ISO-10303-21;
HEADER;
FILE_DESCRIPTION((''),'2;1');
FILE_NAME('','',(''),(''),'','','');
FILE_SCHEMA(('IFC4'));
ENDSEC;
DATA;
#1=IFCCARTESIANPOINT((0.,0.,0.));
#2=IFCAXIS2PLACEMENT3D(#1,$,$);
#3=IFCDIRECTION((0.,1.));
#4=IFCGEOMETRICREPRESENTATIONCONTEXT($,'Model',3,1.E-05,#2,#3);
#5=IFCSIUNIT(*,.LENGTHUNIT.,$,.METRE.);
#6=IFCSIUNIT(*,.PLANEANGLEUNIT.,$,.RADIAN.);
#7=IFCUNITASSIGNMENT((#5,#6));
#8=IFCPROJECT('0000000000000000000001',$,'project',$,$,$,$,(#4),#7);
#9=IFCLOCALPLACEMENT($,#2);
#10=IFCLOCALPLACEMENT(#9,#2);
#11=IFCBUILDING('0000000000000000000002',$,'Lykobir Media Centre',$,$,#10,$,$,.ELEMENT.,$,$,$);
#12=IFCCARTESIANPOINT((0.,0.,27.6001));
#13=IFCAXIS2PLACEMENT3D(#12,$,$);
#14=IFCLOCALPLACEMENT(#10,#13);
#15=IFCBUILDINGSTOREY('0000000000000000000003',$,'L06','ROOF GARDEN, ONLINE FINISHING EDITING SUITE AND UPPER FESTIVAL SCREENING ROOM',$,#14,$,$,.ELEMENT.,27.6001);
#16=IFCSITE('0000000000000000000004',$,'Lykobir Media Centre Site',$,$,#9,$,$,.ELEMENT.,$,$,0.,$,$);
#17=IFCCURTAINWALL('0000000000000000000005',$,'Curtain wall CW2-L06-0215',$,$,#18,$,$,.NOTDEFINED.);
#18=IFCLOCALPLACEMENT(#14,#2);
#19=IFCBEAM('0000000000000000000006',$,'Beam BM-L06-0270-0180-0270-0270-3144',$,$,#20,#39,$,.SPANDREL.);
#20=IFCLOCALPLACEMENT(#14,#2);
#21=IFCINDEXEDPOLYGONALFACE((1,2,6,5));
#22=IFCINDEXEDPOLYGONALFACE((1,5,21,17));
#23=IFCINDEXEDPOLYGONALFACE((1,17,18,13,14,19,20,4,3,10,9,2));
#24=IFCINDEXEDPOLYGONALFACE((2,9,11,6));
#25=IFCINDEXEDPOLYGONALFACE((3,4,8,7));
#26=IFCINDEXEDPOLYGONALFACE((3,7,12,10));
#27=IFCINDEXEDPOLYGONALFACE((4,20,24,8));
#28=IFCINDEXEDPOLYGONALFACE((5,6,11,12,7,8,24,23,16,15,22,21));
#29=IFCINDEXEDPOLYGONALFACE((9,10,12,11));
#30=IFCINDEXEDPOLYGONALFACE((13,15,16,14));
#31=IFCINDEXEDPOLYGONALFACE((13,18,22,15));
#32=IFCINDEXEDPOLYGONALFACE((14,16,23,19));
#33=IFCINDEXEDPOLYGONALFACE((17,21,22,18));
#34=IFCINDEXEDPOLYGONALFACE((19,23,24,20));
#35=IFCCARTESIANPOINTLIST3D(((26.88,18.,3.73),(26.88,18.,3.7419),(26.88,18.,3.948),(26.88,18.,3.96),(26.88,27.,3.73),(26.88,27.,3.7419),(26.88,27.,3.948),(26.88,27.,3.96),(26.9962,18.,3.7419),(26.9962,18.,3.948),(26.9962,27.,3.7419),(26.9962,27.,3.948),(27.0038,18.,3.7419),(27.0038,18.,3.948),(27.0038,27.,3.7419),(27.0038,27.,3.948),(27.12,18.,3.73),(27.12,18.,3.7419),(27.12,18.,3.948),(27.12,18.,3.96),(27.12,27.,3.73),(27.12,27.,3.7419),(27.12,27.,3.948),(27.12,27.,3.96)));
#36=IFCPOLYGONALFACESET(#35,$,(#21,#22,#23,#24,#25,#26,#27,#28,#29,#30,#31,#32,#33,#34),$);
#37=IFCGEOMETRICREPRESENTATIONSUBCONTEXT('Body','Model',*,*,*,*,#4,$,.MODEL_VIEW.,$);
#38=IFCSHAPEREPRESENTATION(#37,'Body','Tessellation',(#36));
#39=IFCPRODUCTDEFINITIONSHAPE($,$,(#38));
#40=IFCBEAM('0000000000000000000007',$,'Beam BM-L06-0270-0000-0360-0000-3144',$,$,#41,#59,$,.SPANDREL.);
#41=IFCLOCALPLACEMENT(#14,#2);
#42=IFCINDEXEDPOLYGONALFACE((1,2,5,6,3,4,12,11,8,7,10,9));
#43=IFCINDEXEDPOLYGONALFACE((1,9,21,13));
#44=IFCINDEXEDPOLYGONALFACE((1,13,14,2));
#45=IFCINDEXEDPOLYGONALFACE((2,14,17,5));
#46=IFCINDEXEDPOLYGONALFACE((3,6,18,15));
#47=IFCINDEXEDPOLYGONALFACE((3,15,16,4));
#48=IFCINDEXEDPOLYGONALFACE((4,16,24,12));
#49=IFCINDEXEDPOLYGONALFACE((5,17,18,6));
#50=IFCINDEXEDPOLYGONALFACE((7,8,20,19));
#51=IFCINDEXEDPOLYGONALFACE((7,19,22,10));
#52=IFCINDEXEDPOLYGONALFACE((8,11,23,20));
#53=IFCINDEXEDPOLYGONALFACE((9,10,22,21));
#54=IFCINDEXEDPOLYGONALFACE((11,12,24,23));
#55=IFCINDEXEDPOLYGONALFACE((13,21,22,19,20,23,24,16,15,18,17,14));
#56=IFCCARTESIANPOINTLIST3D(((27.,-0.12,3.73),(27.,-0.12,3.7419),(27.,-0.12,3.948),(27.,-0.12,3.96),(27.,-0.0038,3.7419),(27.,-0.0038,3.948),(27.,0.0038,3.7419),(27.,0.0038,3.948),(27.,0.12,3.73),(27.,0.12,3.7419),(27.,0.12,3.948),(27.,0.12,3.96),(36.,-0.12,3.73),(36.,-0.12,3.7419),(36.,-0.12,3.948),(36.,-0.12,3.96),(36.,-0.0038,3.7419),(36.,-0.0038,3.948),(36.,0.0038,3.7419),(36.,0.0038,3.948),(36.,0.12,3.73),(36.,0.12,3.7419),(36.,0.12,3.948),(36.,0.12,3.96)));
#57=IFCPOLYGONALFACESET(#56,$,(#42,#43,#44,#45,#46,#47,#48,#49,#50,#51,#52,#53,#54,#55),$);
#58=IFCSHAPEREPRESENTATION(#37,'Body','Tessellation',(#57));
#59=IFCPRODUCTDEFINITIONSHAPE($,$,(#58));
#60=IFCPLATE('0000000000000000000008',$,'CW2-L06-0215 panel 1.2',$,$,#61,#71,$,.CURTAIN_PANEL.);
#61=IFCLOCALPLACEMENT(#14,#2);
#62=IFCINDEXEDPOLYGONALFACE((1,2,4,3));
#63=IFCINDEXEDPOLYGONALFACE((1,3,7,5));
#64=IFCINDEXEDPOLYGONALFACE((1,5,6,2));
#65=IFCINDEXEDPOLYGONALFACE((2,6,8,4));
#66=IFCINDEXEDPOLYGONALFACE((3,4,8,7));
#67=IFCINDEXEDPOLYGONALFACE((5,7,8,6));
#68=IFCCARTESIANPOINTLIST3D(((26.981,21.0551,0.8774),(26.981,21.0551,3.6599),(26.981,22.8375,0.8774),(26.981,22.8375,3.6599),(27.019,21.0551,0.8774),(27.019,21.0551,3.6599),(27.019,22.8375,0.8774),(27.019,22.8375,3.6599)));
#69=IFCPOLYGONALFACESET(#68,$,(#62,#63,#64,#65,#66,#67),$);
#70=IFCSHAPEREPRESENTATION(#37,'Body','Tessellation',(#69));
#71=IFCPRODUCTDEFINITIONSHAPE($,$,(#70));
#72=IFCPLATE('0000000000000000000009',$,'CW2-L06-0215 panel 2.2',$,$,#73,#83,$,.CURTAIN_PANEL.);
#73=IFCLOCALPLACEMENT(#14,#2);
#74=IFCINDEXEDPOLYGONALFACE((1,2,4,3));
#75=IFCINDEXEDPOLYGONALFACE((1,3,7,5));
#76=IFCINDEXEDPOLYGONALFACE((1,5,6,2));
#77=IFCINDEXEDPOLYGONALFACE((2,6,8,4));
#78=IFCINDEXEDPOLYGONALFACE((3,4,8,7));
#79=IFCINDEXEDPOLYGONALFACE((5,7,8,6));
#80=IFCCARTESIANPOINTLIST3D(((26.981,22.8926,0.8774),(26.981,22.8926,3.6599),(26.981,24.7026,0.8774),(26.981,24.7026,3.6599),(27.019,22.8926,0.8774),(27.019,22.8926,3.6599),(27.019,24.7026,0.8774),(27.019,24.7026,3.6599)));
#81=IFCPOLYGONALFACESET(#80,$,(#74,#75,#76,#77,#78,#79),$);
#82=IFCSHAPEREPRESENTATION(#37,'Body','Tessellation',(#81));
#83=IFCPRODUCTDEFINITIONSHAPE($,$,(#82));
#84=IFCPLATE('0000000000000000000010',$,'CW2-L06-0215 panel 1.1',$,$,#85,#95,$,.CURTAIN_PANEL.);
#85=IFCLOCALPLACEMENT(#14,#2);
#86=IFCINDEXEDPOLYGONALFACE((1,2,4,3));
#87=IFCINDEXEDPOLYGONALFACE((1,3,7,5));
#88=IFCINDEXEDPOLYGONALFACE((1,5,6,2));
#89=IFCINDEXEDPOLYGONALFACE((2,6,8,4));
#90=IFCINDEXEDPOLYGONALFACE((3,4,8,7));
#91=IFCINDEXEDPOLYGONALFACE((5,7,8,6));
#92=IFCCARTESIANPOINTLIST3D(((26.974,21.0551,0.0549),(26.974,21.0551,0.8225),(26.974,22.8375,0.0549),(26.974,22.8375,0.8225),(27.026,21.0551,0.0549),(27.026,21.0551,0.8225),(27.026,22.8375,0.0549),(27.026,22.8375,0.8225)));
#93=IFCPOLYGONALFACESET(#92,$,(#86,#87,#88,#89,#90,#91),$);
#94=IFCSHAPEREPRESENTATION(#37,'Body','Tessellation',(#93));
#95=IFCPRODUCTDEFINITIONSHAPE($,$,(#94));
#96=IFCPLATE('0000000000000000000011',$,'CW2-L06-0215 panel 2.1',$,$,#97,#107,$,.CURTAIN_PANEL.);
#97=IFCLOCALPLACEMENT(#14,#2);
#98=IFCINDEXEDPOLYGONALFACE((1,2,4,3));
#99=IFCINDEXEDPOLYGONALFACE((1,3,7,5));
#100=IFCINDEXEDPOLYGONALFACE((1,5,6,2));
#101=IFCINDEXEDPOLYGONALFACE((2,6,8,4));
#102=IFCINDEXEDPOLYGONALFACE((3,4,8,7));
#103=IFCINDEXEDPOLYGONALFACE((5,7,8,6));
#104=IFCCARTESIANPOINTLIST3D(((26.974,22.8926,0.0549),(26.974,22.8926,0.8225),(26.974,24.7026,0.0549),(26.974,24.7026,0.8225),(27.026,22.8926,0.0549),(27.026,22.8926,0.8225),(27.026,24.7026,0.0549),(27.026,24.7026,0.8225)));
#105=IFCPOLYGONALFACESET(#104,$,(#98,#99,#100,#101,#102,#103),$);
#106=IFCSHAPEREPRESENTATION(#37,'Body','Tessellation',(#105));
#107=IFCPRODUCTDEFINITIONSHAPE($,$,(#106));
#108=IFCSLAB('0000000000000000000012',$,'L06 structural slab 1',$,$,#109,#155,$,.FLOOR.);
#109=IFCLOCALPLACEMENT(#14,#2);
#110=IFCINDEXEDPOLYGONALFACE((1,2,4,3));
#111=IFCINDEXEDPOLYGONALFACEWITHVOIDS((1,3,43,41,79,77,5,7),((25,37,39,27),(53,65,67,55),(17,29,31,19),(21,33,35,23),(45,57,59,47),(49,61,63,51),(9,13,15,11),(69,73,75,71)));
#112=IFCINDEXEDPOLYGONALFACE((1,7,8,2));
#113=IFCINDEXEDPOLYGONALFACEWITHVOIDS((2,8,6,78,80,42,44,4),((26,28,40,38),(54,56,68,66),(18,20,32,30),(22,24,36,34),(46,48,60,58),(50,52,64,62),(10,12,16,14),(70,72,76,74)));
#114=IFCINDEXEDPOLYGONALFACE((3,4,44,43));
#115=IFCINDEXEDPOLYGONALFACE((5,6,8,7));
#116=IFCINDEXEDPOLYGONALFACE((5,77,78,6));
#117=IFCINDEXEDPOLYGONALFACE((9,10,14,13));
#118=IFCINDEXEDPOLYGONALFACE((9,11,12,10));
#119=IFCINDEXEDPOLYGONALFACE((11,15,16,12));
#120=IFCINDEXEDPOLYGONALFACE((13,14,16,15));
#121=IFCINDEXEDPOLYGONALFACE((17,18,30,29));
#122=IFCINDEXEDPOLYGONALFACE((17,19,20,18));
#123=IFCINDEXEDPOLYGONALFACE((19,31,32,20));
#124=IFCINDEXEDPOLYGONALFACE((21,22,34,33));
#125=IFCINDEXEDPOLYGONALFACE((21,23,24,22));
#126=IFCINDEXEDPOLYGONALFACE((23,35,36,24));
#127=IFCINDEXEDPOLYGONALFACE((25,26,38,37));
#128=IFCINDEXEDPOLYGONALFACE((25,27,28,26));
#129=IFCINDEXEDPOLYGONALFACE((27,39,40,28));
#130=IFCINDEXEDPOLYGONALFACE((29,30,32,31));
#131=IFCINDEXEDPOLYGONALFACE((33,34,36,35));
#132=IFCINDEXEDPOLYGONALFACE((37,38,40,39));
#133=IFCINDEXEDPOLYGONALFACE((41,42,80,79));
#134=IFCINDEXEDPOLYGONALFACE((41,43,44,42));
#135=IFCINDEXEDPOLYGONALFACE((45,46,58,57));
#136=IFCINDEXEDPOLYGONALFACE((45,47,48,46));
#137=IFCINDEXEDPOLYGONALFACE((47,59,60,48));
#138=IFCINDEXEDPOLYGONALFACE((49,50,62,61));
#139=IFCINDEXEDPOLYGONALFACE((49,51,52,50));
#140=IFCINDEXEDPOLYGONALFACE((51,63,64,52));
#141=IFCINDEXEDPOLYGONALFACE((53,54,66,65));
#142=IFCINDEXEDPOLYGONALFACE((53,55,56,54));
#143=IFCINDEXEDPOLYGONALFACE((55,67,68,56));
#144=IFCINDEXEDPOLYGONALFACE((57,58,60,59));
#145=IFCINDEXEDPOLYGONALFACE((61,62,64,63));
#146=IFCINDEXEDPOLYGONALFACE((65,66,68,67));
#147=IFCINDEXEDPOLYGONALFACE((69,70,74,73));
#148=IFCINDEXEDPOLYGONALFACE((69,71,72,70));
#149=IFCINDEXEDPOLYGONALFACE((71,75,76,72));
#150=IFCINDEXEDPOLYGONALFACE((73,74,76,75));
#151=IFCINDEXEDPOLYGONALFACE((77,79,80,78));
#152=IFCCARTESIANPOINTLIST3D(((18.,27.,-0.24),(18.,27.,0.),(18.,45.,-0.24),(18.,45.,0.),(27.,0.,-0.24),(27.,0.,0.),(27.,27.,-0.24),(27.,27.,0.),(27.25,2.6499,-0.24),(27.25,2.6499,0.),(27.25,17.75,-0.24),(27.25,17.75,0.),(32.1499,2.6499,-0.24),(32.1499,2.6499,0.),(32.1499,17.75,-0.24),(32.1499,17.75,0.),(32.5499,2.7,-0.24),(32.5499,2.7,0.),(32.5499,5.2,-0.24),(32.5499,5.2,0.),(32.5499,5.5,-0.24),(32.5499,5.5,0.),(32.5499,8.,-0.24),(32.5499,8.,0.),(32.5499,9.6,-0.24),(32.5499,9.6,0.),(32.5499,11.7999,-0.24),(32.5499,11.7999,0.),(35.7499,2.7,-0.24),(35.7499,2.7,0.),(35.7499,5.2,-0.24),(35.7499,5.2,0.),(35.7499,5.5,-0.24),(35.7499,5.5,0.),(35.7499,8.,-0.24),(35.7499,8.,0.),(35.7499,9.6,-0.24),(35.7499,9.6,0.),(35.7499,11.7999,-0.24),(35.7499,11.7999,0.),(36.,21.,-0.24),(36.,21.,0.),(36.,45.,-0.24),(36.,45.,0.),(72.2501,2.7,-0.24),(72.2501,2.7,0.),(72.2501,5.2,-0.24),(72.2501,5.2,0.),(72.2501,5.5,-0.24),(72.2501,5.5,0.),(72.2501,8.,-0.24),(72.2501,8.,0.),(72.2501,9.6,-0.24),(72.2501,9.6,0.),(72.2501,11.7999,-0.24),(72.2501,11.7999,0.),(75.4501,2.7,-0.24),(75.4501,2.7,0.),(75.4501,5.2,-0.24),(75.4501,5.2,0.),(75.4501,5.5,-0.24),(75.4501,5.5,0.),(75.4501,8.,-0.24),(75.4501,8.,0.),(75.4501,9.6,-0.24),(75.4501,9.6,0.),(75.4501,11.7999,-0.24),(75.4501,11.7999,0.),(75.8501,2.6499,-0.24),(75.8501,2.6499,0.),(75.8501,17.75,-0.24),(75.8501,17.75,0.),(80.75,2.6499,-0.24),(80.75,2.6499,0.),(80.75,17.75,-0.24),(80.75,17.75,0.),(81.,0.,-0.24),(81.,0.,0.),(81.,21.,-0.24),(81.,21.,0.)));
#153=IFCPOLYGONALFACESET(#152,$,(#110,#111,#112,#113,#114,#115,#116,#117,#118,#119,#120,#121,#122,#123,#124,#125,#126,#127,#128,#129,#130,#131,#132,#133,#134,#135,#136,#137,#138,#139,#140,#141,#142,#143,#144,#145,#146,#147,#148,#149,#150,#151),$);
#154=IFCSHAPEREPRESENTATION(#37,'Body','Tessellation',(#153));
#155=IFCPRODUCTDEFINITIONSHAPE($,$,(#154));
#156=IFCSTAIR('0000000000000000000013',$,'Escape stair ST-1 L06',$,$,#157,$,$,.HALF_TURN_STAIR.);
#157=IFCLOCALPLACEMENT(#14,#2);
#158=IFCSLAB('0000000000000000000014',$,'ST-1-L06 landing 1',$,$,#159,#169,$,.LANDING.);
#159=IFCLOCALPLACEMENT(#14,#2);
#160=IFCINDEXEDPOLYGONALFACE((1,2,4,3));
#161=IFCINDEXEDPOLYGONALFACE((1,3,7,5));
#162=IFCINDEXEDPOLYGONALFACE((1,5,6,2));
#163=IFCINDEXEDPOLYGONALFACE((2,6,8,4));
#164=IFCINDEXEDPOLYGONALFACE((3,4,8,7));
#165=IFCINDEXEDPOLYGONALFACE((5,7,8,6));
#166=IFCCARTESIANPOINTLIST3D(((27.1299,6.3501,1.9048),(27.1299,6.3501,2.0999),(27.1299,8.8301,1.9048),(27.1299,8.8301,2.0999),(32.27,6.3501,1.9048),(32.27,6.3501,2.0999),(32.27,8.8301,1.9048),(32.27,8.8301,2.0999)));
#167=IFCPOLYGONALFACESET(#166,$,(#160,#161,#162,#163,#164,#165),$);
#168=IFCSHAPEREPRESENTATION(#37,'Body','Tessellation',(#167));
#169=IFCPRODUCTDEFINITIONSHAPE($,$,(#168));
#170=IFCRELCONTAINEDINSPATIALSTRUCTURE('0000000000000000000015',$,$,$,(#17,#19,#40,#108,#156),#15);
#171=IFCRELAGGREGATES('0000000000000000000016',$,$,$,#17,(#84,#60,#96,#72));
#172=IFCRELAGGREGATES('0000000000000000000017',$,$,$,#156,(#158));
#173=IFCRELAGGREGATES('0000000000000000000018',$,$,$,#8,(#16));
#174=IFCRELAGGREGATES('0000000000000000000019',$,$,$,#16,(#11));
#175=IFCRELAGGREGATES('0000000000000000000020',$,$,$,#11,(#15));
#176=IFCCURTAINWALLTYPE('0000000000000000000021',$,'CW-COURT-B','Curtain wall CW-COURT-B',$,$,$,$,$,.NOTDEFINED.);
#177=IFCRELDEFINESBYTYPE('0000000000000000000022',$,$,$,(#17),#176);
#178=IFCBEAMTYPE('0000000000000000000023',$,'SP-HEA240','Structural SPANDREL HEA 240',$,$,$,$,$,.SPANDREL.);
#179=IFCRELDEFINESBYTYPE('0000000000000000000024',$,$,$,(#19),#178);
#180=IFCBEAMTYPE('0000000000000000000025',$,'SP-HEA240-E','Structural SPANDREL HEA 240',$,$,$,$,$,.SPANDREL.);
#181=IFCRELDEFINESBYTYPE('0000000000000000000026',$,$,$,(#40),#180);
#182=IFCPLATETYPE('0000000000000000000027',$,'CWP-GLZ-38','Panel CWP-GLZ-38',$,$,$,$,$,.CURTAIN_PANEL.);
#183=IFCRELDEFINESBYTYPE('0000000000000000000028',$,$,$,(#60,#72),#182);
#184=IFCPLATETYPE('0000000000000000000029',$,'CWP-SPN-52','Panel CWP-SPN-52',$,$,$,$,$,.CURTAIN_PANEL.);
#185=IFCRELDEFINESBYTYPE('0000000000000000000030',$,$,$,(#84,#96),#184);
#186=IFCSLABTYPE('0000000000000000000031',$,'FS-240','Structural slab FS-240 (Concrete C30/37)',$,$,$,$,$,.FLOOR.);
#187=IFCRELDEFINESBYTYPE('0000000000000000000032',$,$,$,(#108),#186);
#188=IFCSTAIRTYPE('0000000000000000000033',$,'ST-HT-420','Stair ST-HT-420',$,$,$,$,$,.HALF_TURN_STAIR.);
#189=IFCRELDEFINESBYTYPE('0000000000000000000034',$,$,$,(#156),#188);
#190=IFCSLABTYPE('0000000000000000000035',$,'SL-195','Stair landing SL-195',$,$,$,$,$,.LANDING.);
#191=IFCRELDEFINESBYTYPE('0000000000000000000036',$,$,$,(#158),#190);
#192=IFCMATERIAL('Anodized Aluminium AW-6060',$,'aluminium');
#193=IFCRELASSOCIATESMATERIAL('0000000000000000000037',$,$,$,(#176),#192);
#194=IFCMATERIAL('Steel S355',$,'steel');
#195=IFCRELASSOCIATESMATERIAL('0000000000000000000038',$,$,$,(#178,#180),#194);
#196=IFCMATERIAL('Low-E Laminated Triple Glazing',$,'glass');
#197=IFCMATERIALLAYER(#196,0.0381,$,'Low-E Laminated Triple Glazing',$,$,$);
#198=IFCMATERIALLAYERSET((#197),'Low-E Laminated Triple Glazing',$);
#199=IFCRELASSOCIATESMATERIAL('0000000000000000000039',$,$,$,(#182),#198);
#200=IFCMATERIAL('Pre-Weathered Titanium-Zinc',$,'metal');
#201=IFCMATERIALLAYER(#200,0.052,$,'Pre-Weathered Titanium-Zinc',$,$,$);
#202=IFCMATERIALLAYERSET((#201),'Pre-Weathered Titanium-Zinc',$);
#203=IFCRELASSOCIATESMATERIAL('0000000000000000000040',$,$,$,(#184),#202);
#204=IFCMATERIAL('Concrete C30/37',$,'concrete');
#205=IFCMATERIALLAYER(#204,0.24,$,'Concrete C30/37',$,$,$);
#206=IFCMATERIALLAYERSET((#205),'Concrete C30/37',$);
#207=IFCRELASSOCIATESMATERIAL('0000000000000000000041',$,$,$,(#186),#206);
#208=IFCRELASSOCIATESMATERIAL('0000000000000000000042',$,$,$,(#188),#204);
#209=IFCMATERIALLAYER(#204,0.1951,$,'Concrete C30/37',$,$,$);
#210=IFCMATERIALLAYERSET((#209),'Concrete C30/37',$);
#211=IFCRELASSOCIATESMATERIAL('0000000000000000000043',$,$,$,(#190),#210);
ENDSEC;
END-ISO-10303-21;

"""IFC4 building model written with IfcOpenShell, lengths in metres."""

from ifc_helpers import new_model, si_unit, direction, frame, origin, origin_2d, place, context, subcontext, project, spatial, polyline, rectangle, i_section, outline, extrude, material, layer, layer_set, material_profile, profile_set, type_object, element, aggregate, save


model = new_model("IFC4")

# Units and contexts
model_context = context("Model", 3, precision=1e-05, world=origin(), true_north=direction((0.0, 1.0)))
body_context = subcontext(model_context, "Body", "Model", "MODEL_VIEW")
ifc_project = project(units=[si_unit("LENGTHUNIT", "METRE"), si_unit("PLANEANGLEUNIT", "RADIAN")], contexts=[model_context])

# Site, building, storey
site_placement = place(None, origin())
site = spatial("IfcSite", under=ifc_project, at=site_placement, Name="Lykobir Media Centre Site", CompositionType="ELEMENT", RefElevation=0.0)
building_placement = place(site_placement, origin())
building = spatial("IfcBuilding", under=site, at=building_placement, Name="Lykobir Media Centre", CompositionType="ELEMENT")
storey_placement = place(building_placement, frame((0.0, 0.0, 27.6001)))
storey = spatial("IfcBuildingStorey", under=building, at=storey_placement, Name="L06", Description="ROOF GARDEN, ONLINE FINISHING EDITING SUITE AND UPPER FESTIVAL SCREENING ROOM", CompositionType="ELEMENT", Elevation=27.6001)

# Shared definitions
ifc_material_1 = material(Name="Steel S355", Category="steel")

# Curtain wall
ifc_material_2 = material(Name="Anodized Aluminium AW-6060", Category="aluminium")
curtain_wall_type = type_object("IfcCurtainWallType", Name="CW-COURT-B", Description="Curtain wall CW-COURT-B", PredefinedType="NOTDEFINED", material=ifc_material_2)
curtain_wall_placement = place(storey_placement, origin())
curtain_wall = element("IfcCurtainWall", 1, at=curtain_wall_placement, inside=storey, type_object=curtain_wall_type, Name="Curtain wall CW2-L06-0215", PredefinedType="NOTDEFINED")

# Beams
ifc_material_profile_1 = material_profile(ifc_material_1, i_section(OverallWidth=0.24, OverallDepth=0.23, WebThickness=0.0076, FlangeThickness=0.012, at=origin_2d()), Name="HEA 240")
ifc_profile_set_1 = profile_set([ifc_material_profile_1], Name="Steel S355")
beam_type_1 = type_object("IfcBeamType", Name="SP-HEA240", Description="Structural SPANDREL HEA 240", PredefinedType="SPANDREL", material=ifc_profile_set_1)
for number, where, z_axis, x_axis, name in (
    (2, (27.0, 18.0, 3.845), (0.0, 1.0, 0.0), (-1.0, 0.0, 0.0), "Beam BM-L06-0270-0180-0270-0270-3144"),
):
    element("IfcBeam", number, at=place(storey_placement, frame(where, z_axis=z_axis, x_axis=x_axis)), inside=storey, type_object=beam_type_1, Name=name, PredefinedType="SPANDREL", context=body_context, shape_type="SweptSolid", body=[
        extrude(i_section(OverallWidth=0.24, OverallDepth=0.23, WebThickness=0.0076, FlangeThickness=0.012, at=origin_2d()), origin(), (0.0, 0.0, 1.0), 9.0),
    ])
ifc_material_profile_2 = material_profile(ifc_material_1, i_section(OverallWidth=0.24, OverallDepth=0.23, WebThickness=0.0076, FlangeThickness=0.012, at=origin_2d()), Name="HEA 240")
ifc_profile_set_2 = profile_set([ifc_material_profile_2], Name="Steel S355")
beam_type_2 = type_object("IfcBeamType", Name="SP-HEA240-E", Description="Structural SPANDREL HEA 240", PredefinedType="SPANDREL", material=ifc_profile_set_2)
beam_1_placement = place(storey_placement, frame((27.0, 0.0, 3.845), z_axis=(1.0, 0.0, 0.0), x_axis=(0.0, 1.0, 0.0)))
element("IfcBeam", 3, at=beam_1_placement, inside=storey, type_object=beam_type_2, Name="Beam BM-L06-0270-0000-0360-0000-3144", PredefinedType="SPANDREL", context=body_context, shape_type="SweptSolid", body=[
    extrude(i_section(OverallWidth=0.24, OverallDepth=0.23, WebThickness=0.0076, FlangeThickness=0.012, at=origin_2d()), origin(), (0.0, 0.0, 1.0), 9.0),
])

# Plates
ifc_material_3 = material(Name="Low-E Laminated Triple Glazing", Category="glass")
ifc_layer_1 = layer(ifc_material_3, 0.0381, Name="Low-E Laminated Triple Glazing")
ifc_layer_set_1 = layer_set([ifc_layer_1], Name="Low-E Laminated Triple Glazing")
plate_type_1 = type_object("IfcPlateType", Name="CWP-GLZ-38", Description="Panel CWP-GLZ-38", PredefinedType="CURTAIN_PANEL", material=ifc_layer_set_1)
plate_1_placement = place(storey_placement, frame((27.0, 21.9463, 0.8774), z_axis=(0.0, 0.0, 1.0), x_axis=(0.0, 1.0, 0.0)))
plate_1 = element("IfcPlate", 4, at=plate_1_placement, type_object=plate_type_1, Name="CW2-L06-0215 panel 1.2", PredefinedType="CURTAIN_PANEL", context=body_context, shape_type="SweptSolid", body=[
    extrude(rectangle(XDim=1.7825, YDim=0.0381, at=origin_2d()), origin(), (0.0, 0.0, 1.0), 2.7825),
])
plate_2_placement = place(storey_placement, frame((27.0, 23.7976, 0.8774), z_axis=(0.0, 0.0, 1.0), x_axis=(0.0, 1.0, 0.0)))
plate_2 = element("IfcPlate", 5, at=plate_2_placement, type_object=plate_type_1, Name="CW2-L06-0215 panel 2.2", PredefinedType="CURTAIN_PANEL", context=body_context, shape_type="SweptSolid", body=[
    extrude(rectangle(XDim=1.8101, YDim=0.0381, at=origin_2d()), origin(), (0.0, 0.0, 1.0), 2.7825),
])
ifc_material_4 = material(Name="Pre-Weathered Titanium-Zinc", Category="metal")
ifc_layer_2 = layer(ifc_material_4, 0.052, Name="Pre-Weathered Titanium-Zinc")
ifc_layer_set_2 = layer_set([ifc_layer_2], Name="Pre-Weathered Titanium-Zinc")
plate_type_2 = type_object("IfcPlateType", Name="CWP-SPN-52", Description="Panel CWP-SPN-52", PredefinedType="CURTAIN_PANEL", material=ifc_layer_set_2)
plate_3_placement = place(storey_placement, frame((27.0, 21.9463, 0.0549), z_axis=(0.0, 0.0, 1.0), x_axis=(0.0, 1.0, 0.0)))
plate_3 = element("IfcPlate", 6, at=plate_3_placement, type_object=plate_type_2, Name="CW2-L06-0215 panel 1.1", PredefinedType="CURTAIN_PANEL", context=body_context, shape_type="SweptSolid", body=[
    extrude(rectangle(XDim=1.7825, YDim=0.052, at=origin_2d()), origin(), (0.0, 0.0, 1.0), 0.7676),
])
plate_4_placement = place(storey_placement, frame((27.0, 23.7976, 0.0549), z_axis=(0.0, 0.0, 1.0), x_axis=(0.0, 1.0, 0.0)))
plate_4 = element("IfcPlate", 7, at=plate_4_placement, type_object=plate_type_2, Name="CW2-L06-0215 panel 2.1", PredefinedType="CURTAIN_PANEL", context=body_context, shape_type="SweptSolid", body=[
    extrude(rectangle(XDim=1.8101, YDim=0.052, at=origin_2d()), origin(), (0.0, 0.0, 1.0), 0.7676),
])
aggregate(curtain_wall, [plate_3, plate_1, plate_4, plate_2])

# Slab, openings
ifc_material_5 = material(Name="Concrete C30/37", Category="concrete")
ifc_layer_3 = layer(ifc_material_5, 0.24, Name="Concrete C30/37")
ifc_layer_set_3 = layer_set([ifc_layer_3], Name="Concrete C30/37")
slab_type_1 = type_object("IfcSlabType", Name="FS-240", Description="Structural slab FS-240 (Concrete C30/37)", PredefinedType="FLOOR", material=ifc_layer_set_3)
slab_1_placement = place(storey_placement, frame((0.0, 0.0, -0.24)))
slab_1 = element("IfcSlab", 8, at=slab_1_placement, inside=storey, type_object=slab_type_1, Name="L06 structural slab 1", PredefinedType="FLOOR", context=body_context, shape_type="SweptSolid", body=[
    extrude(outline(polyline([(27.0, 0.0), (81.0, 0.0), (81.0, 21.0), (36.0, 21.0), (36.0, 45.0), (27.0, 45.0), (18.0, 45.0), (18.0, 27.0), (27.0, 27.0), (27.0, 21.0), (27.0, 0.0)]), holes=[polyline([(32.1499, 2.6499), (27.25, 2.6499), (27.25, 17.75), (32.1499, 17.75), (32.1499, 2.6499)]), polyline([(80.75, 2.6499), (75.8501, 2.6499), (75.8501, 17.75), (80.75, 17.75), (80.75, 2.6499)])]), origin(), (0.0, 0.0, 1.0), 0.24),
])
opening_1_placement = place(slab_1_placement, frame((34.1499, 3.95, 0.0)))
element("IfcOpeningElement", 9, at=opening_1_placement, cuts=slab_1, PredefinedType="OPENING", context=body_context, shape_type="SweptSolid", body=[
    extrude(rectangle(XDim=3.2, YDim=2.5, at=origin_2d()), origin(), (0.0, 0.0, 1.0), 0.24),
])
opening_2_placement = place(slab_1_placement, frame((34.1499, 6.75, 0.0)))
element("IfcOpeningElement", 10, at=opening_2_placement, cuts=slab_1, PredefinedType="OPENING", context=body_context, shape_type="SweptSolid", body=[
    extrude(rectangle(XDim=3.2, YDim=2.5, at=origin_2d()), origin(), (0.0, 0.0, 1.0), 0.24),
])
opening_3_placement = place(slab_1_placement, frame((34.1499, 10.7, 0.0)))
element("IfcOpeningElement", 11, at=opening_3_placement, cuts=slab_1, PredefinedType="OPENING", context=body_context, shape_type="SweptSolid", body=[
    extrude(rectangle(XDim=3.2, YDim=2.2, at=origin_2d()), origin(), (0.0, 0.0, 1.0), 0.24),
])
opening_4_placement = place(slab_1_placement, frame((73.8501, 3.95, 0.0)))
element("IfcOpeningElement", 12, at=opening_4_placement, cuts=slab_1, PredefinedType="OPENING", context=body_context, shape_type="SweptSolid", body=[
    extrude(rectangle(XDim=3.2, YDim=2.5, at=origin_2d()), origin(), (0.0, 0.0, 1.0), 0.24),
])
opening_5_placement = place(slab_1_placement, frame((73.8501, 6.75, 0.0)))
element("IfcOpeningElement", 13, at=opening_5_placement, cuts=slab_1, PredefinedType="OPENING", context=body_context, shape_type="SweptSolid", body=[
    extrude(rectangle(XDim=3.2, YDim=2.5, at=origin_2d()), origin(), (0.0, 0.0, 1.0), 0.24),
])
opening_6_placement = place(slab_1_placement, frame((73.8501, 10.7, 0.0)))
element("IfcOpeningElement", 14, at=opening_6_placement, cuts=slab_1, PredefinedType="OPENING", context=body_context, shape_type="SweptSolid", body=[
    extrude(rectangle(XDim=3.2, YDim=2.2, at=origin_2d()), origin(), (0.0, 0.0, 1.0), 0.24),
])

# Stair, slab
stair_type = type_object("IfcStairType", Name="ST-HT-420", Description="Stair ST-HT-420", PredefinedType="HALF_TURN_STAIR", material=ifc_material_5)
stair_1_placement = place(storey_placement, origin())
stair_1 = element("IfcStair", 15, at=stair_1_placement, inside=storey, type_object=stair_type, Name="Escape stair ST-1 L06", PredefinedType="HALF_TURN_STAIR")
ifc_layer_4 = layer(ifc_material_5, 0.1951, Name="Concrete C30/37")
ifc_layer_set_4 = layer_set([ifc_layer_4], Name="Concrete C30/37")
slab_type_2 = type_object("IfcSlabType", Name="SL-195", Description="Stair landing SL-195", PredefinedType="LANDING", material=ifc_layer_set_4)
slab_2_placement = place(storey_placement, frame((0.0, 0.0, 1.9048)))
slab_2 = element("IfcSlab", 16, at=slab_2_placement, type_object=slab_type_2, Name="ST-1-L06 landing 1", PredefinedType="LANDING", context=body_context, shape_type="SweptSolid", body=[
    extrude(outline(polyline([(27.1299, 6.3501), (32.27, 6.3501), (32.27, 8.8301), (27.1299, 8.8301), (27.1299, 6.3501)])), origin(), (0.0, 0.0, 1.0), 0.1951),
])
aggregate(stair_1, [slab_2])

save(model, "model.ifc")
